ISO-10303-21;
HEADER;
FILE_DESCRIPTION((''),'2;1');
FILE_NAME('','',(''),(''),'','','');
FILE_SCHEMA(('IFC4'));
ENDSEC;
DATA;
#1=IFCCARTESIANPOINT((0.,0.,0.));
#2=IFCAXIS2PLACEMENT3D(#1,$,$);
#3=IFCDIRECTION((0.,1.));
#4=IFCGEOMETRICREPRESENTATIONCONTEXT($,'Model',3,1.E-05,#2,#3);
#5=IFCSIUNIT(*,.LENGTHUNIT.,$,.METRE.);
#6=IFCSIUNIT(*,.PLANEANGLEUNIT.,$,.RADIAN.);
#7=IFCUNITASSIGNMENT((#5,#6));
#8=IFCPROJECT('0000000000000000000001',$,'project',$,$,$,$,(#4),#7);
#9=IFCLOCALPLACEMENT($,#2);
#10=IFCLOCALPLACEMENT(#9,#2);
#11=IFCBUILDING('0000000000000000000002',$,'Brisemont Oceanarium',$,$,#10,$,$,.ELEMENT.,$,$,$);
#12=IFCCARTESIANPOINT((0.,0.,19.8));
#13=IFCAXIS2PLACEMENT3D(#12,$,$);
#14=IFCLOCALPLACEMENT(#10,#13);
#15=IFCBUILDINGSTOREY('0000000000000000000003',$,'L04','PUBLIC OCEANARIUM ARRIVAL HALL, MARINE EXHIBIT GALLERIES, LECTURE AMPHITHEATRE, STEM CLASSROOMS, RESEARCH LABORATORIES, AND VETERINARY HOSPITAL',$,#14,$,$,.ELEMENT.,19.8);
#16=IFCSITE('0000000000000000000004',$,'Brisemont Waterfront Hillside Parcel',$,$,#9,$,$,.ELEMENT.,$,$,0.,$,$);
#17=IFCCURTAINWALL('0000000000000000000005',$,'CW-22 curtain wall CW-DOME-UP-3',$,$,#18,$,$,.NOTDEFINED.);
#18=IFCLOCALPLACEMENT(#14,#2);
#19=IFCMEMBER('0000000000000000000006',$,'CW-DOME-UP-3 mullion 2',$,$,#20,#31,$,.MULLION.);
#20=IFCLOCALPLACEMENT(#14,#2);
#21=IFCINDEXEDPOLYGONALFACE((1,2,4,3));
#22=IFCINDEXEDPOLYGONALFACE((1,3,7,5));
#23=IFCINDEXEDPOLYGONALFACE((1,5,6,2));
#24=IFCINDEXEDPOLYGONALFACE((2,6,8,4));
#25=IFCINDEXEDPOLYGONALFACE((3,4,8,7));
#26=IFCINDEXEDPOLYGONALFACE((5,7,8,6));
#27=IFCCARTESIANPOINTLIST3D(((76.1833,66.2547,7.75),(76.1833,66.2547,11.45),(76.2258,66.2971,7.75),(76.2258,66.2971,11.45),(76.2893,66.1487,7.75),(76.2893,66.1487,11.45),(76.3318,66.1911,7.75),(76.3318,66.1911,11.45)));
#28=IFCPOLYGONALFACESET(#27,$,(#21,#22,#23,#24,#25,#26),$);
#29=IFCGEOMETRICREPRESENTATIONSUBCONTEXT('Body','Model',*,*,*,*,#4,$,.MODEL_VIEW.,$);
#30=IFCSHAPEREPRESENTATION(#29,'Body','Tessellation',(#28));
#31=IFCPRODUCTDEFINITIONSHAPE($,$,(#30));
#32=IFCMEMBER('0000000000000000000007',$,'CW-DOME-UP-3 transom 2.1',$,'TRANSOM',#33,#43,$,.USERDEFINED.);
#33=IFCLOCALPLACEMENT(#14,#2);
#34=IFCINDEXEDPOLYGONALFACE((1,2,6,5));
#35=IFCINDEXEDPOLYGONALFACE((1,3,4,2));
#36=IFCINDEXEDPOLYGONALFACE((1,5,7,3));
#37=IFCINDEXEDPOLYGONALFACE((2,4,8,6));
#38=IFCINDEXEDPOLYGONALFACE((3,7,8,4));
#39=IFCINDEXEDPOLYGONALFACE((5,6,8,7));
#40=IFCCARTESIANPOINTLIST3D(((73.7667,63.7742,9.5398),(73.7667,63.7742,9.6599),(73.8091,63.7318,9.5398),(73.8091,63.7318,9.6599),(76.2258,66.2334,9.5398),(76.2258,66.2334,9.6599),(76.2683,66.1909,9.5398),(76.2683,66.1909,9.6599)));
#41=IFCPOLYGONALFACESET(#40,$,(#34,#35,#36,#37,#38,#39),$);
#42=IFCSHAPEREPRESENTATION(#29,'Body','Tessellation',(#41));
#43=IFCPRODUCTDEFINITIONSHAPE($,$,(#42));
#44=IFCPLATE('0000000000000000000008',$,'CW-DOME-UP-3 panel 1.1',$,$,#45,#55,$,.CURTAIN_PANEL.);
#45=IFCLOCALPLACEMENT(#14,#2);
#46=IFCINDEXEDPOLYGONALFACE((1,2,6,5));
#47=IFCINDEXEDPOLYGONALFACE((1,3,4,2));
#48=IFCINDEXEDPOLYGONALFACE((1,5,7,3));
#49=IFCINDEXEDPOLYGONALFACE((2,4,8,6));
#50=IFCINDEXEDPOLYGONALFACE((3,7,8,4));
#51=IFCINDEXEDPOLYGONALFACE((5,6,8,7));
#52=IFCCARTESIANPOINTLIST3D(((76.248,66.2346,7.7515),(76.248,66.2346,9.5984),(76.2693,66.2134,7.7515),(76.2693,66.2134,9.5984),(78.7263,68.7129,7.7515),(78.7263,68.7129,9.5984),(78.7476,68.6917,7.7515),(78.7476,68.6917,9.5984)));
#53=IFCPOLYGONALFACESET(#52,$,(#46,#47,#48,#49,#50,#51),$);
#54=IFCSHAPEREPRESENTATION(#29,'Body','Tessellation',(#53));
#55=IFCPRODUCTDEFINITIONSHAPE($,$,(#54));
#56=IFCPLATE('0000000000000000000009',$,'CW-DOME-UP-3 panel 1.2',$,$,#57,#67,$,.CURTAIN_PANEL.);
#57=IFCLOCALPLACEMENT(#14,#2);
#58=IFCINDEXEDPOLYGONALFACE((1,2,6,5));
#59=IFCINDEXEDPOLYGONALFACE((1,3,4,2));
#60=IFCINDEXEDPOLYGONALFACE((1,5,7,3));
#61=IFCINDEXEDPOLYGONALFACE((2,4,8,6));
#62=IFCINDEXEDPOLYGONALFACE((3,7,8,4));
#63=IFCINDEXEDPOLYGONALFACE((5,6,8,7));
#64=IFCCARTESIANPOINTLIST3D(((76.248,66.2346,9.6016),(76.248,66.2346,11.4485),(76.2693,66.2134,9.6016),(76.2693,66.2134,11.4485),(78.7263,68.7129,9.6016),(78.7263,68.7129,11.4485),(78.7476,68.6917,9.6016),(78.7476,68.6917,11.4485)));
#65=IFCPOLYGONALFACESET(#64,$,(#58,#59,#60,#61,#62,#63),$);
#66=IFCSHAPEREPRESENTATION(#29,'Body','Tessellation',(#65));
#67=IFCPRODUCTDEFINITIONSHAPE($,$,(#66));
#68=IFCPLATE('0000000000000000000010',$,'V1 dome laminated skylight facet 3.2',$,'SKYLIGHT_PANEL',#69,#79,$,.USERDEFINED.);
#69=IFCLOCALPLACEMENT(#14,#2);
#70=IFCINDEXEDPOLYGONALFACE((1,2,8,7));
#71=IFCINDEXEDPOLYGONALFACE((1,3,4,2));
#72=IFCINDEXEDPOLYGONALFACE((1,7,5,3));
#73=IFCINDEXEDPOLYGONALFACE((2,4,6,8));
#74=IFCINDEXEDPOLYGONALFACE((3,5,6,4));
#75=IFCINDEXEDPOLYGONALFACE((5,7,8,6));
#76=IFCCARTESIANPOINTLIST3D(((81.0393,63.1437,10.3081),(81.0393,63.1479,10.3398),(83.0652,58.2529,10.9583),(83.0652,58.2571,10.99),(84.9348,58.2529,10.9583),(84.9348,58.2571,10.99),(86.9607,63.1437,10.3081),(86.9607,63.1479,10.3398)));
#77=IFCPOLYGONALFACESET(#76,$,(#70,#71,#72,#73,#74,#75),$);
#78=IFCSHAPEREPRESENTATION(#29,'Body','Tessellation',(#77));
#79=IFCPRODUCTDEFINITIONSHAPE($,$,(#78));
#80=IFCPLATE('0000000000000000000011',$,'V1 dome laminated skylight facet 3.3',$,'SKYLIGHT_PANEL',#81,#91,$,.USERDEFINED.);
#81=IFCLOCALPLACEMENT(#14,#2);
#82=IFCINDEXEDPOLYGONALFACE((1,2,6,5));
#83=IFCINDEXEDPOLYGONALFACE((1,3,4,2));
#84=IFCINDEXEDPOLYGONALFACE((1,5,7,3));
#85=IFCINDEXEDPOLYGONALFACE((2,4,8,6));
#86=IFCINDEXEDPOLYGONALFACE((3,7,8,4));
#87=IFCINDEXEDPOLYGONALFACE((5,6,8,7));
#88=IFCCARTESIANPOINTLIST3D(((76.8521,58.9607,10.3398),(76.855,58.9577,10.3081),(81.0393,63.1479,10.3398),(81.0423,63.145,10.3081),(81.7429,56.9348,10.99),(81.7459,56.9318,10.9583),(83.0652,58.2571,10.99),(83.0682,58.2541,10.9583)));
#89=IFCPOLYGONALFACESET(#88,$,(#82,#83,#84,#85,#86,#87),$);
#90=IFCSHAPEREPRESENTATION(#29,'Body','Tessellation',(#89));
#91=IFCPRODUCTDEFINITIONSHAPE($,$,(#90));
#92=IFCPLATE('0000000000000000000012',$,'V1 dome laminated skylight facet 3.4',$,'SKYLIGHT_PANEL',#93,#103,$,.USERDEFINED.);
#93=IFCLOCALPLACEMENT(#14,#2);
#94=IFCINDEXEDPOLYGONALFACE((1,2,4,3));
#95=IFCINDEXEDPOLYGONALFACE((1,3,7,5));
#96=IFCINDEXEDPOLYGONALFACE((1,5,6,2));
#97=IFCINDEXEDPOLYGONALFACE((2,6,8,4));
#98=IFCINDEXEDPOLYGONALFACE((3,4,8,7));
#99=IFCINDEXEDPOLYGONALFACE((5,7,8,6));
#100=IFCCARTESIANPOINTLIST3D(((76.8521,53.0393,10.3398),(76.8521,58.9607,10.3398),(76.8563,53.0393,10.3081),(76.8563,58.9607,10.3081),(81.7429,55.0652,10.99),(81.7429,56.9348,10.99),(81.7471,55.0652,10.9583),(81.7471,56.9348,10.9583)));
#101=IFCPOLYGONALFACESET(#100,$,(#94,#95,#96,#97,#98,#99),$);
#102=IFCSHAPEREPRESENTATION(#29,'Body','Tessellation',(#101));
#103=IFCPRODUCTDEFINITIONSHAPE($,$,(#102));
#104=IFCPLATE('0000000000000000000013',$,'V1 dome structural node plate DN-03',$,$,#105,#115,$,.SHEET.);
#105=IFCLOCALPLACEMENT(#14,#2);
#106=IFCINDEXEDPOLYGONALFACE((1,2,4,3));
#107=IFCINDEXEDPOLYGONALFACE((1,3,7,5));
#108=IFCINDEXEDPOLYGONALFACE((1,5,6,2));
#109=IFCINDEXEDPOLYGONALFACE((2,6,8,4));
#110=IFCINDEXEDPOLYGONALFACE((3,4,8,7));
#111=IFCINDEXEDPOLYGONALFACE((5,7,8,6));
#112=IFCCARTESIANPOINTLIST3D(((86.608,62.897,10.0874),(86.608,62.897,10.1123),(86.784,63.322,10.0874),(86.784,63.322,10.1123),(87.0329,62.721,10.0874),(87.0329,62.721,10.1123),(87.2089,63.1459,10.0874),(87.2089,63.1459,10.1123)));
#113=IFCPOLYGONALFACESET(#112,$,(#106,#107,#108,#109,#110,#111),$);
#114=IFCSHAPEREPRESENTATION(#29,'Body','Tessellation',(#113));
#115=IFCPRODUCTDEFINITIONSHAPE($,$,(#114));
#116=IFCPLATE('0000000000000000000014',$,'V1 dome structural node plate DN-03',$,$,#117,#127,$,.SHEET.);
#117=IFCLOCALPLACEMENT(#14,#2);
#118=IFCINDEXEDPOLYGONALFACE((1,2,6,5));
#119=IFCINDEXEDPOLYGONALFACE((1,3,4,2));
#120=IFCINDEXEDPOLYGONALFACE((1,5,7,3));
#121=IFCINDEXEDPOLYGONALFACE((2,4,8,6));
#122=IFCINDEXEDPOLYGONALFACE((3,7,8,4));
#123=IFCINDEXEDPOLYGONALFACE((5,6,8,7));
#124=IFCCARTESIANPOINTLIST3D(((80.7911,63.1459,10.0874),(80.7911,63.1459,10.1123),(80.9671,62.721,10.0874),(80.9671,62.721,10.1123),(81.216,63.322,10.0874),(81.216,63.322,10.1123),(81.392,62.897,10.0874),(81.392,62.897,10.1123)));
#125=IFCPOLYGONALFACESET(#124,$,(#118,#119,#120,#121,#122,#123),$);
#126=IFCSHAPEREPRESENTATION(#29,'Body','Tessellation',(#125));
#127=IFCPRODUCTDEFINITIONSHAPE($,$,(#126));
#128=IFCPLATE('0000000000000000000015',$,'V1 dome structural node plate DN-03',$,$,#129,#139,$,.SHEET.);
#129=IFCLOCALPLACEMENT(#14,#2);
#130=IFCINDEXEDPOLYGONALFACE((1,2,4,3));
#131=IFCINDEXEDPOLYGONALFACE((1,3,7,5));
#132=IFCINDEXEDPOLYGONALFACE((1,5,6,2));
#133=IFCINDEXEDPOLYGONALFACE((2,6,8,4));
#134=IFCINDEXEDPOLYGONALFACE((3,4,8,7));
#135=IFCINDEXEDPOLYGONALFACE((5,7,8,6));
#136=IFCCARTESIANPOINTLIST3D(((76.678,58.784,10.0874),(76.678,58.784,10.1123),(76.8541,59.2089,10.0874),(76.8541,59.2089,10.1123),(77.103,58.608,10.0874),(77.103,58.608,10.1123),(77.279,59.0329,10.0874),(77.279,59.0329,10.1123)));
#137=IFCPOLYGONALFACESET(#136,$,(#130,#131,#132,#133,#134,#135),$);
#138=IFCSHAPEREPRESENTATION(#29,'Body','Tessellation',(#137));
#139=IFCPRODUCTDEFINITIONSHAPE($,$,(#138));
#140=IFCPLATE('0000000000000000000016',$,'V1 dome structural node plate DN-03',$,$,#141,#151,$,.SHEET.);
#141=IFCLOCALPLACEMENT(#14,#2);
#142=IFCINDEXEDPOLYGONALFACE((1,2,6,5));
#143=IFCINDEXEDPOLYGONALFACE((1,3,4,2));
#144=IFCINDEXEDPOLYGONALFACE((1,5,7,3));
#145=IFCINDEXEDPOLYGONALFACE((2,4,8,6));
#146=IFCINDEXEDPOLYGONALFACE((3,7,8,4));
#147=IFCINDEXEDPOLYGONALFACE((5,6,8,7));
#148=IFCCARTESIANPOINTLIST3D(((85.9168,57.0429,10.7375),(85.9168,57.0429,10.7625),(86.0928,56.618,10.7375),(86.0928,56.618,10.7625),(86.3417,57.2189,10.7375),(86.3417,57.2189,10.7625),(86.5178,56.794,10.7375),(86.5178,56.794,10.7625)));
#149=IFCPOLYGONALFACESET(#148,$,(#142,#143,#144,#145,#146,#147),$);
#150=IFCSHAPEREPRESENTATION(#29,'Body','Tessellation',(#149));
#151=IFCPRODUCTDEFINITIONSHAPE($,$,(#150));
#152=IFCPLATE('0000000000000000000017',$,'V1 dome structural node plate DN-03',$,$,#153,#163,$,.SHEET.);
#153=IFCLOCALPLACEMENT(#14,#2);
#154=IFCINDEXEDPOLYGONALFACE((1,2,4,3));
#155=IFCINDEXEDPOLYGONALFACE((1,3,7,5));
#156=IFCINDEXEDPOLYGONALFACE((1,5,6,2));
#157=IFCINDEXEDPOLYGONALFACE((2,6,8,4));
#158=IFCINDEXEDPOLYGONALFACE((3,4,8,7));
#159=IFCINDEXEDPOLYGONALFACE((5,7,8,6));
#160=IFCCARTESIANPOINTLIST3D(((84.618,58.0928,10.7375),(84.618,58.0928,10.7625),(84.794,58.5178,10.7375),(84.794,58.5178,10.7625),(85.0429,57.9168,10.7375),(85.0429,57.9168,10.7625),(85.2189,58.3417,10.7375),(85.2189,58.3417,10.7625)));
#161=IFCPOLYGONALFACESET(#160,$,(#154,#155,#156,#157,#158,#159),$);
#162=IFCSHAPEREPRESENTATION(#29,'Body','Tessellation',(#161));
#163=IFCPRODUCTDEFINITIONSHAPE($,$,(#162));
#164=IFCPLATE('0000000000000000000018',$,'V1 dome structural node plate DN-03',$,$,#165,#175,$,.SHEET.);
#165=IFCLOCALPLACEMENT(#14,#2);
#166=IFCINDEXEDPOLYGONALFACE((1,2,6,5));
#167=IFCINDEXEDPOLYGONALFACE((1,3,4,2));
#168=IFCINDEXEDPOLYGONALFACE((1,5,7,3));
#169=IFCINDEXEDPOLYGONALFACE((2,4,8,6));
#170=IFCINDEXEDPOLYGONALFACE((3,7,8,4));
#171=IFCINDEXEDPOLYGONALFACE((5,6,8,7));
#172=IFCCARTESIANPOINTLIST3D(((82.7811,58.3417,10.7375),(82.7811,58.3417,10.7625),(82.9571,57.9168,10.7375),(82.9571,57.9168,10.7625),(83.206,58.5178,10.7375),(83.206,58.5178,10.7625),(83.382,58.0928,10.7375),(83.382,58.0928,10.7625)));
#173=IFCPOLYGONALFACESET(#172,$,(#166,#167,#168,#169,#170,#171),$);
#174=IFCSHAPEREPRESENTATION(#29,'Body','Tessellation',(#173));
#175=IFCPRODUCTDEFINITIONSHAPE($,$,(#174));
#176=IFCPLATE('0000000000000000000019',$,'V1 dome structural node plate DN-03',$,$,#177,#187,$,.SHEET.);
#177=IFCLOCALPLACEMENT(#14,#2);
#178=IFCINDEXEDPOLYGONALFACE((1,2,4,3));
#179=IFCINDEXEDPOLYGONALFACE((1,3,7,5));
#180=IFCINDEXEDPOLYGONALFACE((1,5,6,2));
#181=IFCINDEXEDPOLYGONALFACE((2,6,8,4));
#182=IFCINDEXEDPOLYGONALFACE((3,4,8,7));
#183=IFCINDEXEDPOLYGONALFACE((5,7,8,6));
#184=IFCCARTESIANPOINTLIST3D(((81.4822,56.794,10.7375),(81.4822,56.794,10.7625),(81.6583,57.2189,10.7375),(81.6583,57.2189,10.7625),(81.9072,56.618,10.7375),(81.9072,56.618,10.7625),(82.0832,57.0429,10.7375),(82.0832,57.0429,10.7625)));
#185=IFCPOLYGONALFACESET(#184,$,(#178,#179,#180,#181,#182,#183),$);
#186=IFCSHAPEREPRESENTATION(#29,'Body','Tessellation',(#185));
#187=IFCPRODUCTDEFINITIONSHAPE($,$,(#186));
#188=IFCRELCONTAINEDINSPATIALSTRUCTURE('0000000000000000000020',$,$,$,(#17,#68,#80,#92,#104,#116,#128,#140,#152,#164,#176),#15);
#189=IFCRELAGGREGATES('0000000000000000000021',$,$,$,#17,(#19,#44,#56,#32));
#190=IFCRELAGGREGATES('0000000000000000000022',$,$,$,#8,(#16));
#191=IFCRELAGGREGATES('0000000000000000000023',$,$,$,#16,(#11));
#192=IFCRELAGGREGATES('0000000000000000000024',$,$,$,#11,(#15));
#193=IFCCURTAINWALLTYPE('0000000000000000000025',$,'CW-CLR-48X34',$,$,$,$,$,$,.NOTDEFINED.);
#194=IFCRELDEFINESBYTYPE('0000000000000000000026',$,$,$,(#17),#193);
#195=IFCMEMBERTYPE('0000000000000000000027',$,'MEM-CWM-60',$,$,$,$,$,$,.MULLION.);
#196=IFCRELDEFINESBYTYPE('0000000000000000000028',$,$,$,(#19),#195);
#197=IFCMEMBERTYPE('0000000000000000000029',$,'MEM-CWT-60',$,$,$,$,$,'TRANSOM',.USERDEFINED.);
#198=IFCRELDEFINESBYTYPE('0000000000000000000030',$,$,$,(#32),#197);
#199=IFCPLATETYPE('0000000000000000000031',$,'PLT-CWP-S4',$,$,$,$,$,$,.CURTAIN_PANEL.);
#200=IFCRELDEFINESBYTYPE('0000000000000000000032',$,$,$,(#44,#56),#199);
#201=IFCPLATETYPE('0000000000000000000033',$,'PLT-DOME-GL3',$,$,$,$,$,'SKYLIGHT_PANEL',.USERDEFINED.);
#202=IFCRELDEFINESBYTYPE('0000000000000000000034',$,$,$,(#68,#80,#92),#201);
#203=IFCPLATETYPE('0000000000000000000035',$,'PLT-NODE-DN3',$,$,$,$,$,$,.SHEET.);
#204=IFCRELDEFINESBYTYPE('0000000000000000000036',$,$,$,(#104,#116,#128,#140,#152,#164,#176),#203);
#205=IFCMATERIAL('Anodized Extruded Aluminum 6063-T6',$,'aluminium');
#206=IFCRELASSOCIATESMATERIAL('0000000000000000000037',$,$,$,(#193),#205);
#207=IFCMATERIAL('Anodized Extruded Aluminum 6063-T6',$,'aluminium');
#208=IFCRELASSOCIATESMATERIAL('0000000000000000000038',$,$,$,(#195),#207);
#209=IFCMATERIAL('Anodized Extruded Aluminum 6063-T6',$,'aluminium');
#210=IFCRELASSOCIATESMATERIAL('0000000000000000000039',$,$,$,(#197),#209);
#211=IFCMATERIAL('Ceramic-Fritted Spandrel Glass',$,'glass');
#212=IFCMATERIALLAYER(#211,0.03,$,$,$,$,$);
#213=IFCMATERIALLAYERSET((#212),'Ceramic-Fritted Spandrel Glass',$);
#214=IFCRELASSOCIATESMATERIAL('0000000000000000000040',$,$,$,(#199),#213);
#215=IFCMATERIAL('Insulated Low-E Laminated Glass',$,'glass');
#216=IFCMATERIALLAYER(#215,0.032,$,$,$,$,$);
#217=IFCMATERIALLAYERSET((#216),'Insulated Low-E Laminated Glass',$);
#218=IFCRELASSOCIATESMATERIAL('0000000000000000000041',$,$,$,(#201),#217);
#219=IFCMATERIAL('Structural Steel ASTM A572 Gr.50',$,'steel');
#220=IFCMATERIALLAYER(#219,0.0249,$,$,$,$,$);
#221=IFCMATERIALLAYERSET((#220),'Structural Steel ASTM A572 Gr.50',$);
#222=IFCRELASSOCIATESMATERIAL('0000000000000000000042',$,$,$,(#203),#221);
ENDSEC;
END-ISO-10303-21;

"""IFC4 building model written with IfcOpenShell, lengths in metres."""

from ifc_helpers import new_model, si_unit, direction, frame, origin, origin_2d, place, context, subcontext, project, spatial, polyline, rectangle, outline, extrude, material, layer, layer_set, material_profile, profile_set, type_object, element, aggregate, save


model = new_model("IFC4")

# Units and contexts
model_context = context("Model", 3, precision=1e-05, world=origin(), true_north=direction((0.0, 1.0)))
body_context = subcontext(model_context, "Body", "Model", "MODEL_VIEW")
ifc_project = project(units=[si_unit("LENGTHUNIT", "METRE"), si_unit("PLANEANGLEUNIT", "RADIAN")], contexts=[model_context])

# Site, building, storey
site_placement = place(None, origin())
site = spatial("IfcSite", under=ifc_project, at=site_placement, Name="Brisemont Waterfront Hillside Parcel", CompositionType="ELEMENT", RefElevation=0.0)
building_placement = place(site_placement, origin())
building = spatial("IfcBuilding", under=site, at=building_placement, Name="Brisemont Oceanarium", CompositionType="ELEMENT")
storey_placement = place(building_placement, frame((0.0, 0.0, 19.8)))
storey = spatial("IfcBuildingStorey", under=building, at=storey_placement, Name="L04", Description="PUBLIC OCEANARIUM ARRIVAL HALL, MARINE EXHIBIT GALLERIES, LECTURE AMPHITHEATRE, STEM CLASSROOMS, RESEARCH LABORATORIES, AND VETERINARY HOSPITAL", CompositionType="ELEMENT", Elevation=19.8)

# Curtain wall, members, plates
ifc_material_1 = material(Name="Anodized Extruded Aluminum 6063-T6", Category="aluminium")
curtain_wall_type = type_object("IfcCurtainWallType", Name="CW-CLR-48X34", PredefinedType="NOTDEFINED", material=ifc_material_1)
curtain_wall_placement = place(storey_placement, origin())
curtain_wall = element("IfcCurtainWall", 1, at=curtain_wall_placement, inside=storey, type_object=curtain_wall_type, Name="CW-22 curtain wall CW-DOME-UP-3", PredefinedType="NOTDEFINED")
ifc_material_2 = material(Name="Anodized Extruded Aluminum 6063-T6", Category="aluminium")
ifc_material_profile_1 = material_profile(ifc_material_2, rectangle(XDim=0.0601, YDim=0.1499, at=origin_2d()), Name="CWM-60X150")
ifc_profile_set_1 = profile_set([ifc_material_profile_1], Name="Anodized Extruded Aluminum 6063-T6")
member_type_1 = type_object("IfcMemberType", Name="MEM-CWM-60", PredefinedType="MULLION", material=ifc_profile_set_1)
member_1_placement = place(storey_placement, frame((76.2576, 66.2229, 7.75), z_axis=(0.0, 0.0, 1.0), x_axis=(-0.707107, -0.707107, 0.0)))
member_1 = element("IfcMember", 2, at=member_1_placement, type_object=member_type_1, Name="CW-DOME-UP-3 mullion 2", PredefinedType="MULLION", context=body_context, shape_type="SweptSolid", body=[
    extrude(rectangle(XDim=0.0601, YDim=0.1499, at=origin_2d()), origin(), (0.0, 0.0, 1.0), 3.7),
])
ifc_material_3 = material(Name="Anodized Extruded Aluminum 6063-T6", Category="aluminium")
ifc_material_profile_2 = material_profile(ifc_material_3, rectangle(XDim=0.0601, YDim=0.1201, at=origin_2d()), Name="CWT-60X120")
ifc_profile_set_2 = profile_set([ifc_material_profile_2], Name="Anodized Extruded Aluminum 6063-T6")
member_type_2 = type_object("IfcMemberType", Name="MEM-CWT-60", ElementType="TRANSOM", PredefinedType="USERDEFINED", material=ifc_profile_set_2)
member_2_placement = place(storey_placement, frame((76.2471, 66.2122, 9.5999), z_axis=(-0.707107, -0.707107, 0.0), x_axis=(0.707107, -0.707107, 0.0)))
member_2 = element("IfcMember", 3, at=member_2_placement, type_object=member_type_2, Name="CW-DOME-UP-3 transom 2.1", ObjectType="TRANSOM", PredefinedType="USERDEFINED", context=body_context, shape_type="SweptSolid", body=[
    extrude(rectangle(XDim=0.0601, YDim=0.1201, at=origin_2d()), origin(), (0.0, 0.0, 1.0), 3.4778),
])
ifc_material_4 = material(Name="Ceramic-Fritted Spandrel Glass", Category="glass")
ifc_layer_1 = layer(ifc_material_4, 0.03)
ifc_layer_set_1 = layer_set([ifc_layer_1], Name="Ceramic-Fritted Spandrel Glass")
plate_type_1 = type_object("IfcPlateType", Name="PLT-CWP-S4", PredefinedType="CURTAIN_PANEL", material=ifc_layer_set_1)
plate_1_placement = place(storey_placement, frame((77.4978, 67.4631, 7.7515), z_axis=(0.0, 0.0, 1.0), x_axis=(-0.707107, -0.707107, 0.0)))
plate_1 = element("IfcPlate", 4, at=plate_1_placement, type_object=plate_type_1, Name="CW-DOME-UP-3 panel 1.1", PredefinedType="CURTAIN_PANEL", context=body_context, shape_type="SweptSolid", body=[
    extrude(rectangle(XDim=3.5049, YDim=0.03, at=origin_2d()), origin(), (0.0, 0.0, 1.0), 1.8469),
])
plate_2_placement = place(storey_placement, frame((77.4978, 67.4631, 9.6016), z_axis=(0.0, 0.0, 1.0), x_axis=(-0.707107, -0.707107, 0.0)))
plate_2 = element("IfcPlate", 5, at=plate_2_placement, type_object=plate_type_1, Name="CW-DOME-UP-3 panel 1.2", PredefinedType="CURTAIN_PANEL", context=body_context, shape_type="SweptSolid", body=[
    extrude(rectangle(XDim=3.5049, YDim=0.03, at=origin_2d()), origin(), (0.0, 0.0, 1.0), 1.8469),
])
aggregate(curtain_wall, [member_1, plate_1, plate_2, member_2])

# Plates
ifc_material_5 = material(Name="Insulated Low-E Laminated Glass", Category="glass")
ifc_layer_2 = layer(ifc_material_5, 0.032)
ifc_layer_set_2 = layer_set([ifc_layer_2], Name="Insulated Low-E Laminated Glass")
plate_type_2 = type_object("IfcPlateType", Name="PLT-DOME-GL3", ElementType="SKYLIGHT_PANEL", PredefinedType="USERDEFINED", material=ifc_layer_set_2)
plate_3_placement = place(storey_placement, frame((86.9607, 63.1479, 10.3398), z_axis=(0.0, 0.131772, 0.99128), x_axis=(-1.0, 0.0, 0.0)))
element("IfcPlate", 6, at=plate_3_placement, inside=storey, type_object=plate_type_2, Name="V1 dome laminated skylight facet 3.2", ObjectType="SKYLIGHT_PANEL", PredefinedType="USERDEFINED", context=body_context, shape_type="SweptSolid", body=[
    extrude(outline(polyline([(0.0, 0.0), (5.9214, 0.0), (3.8955, 4.9339), (2.0259, 4.9339), (0.0, 0.0)])), origin(), (0.0, 0.0, -1.0), 0.032),
])
plate_4_placement = place(storey_placement, frame((81.0393, 63.1479, 10.3398), z_axis=(-0.093176, 0.093176, 0.99128), x_axis=(-0.707107, -0.707107, 0.0)))
element("IfcPlate", 7, at=plate_4_placement, inside=storey, type_object=plate_type_2, Name="V1 dome laminated skylight facet 3.3", ObjectType="SKYLIGHT_PANEL", PredefinedType="USERDEFINED", context=body_context, shape_type="SweptSolid", body=[
    extrude(outline(polyline([(0.0, 0.0), (5.9217, 0.0), (3.8958, 4.9339), (2.0259, 4.9339), (0.0, 0.0)])), origin(), (0.0, 0.0, -1.0), 0.032),
])
plate_5_placement = place(storey_placement, frame((76.8521, 58.9607, 10.3398), z_axis=(-0.131772, 0.0, 0.99128), x_axis=(0.0, -1.0, 0.0)))
element("IfcPlate", 8, at=plate_5_placement, inside=storey, type_object=plate_type_2, Name="V1 dome laminated skylight facet 3.4", ObjectType="SKYLIGHT_PANEL", PredefinedType="USERDEFINED", context=body_context, shape_type="SweptSolid", body=[
    extrude(outline(polyline([(0.0, 0.0), (5.9214, 0.0), (3.8955, 4.9339), (2.0259, 4.9339), (0.0, 0.0)])), origin(), (0.0, 0.0, -1.0), 0.032),
])
ifc_material_6 = material(Name="Structural Steel ASTM A572 Gr.50", Category="steel")
ifc_layer_3 = layer(ifc_material_6, 0.0249)
ifc_layer_set_3 = layer_set([ifc_layer_3], Name="Structural Steel ASTM A572 Gr.50")
plate_type_3 = type_object("IfcPlateType", Name="PLT-NODE-DN3", PredefinedType="SHEET", material=ifc_layer_set_3)
for number, where, z_axis, x_axis, name in (
    (9, (86.9084, 63.0215, 10.0874), (0.0, 0.0, 1.0), (0.382683, 0.92388, 0.0), "V1 dome structural node plate DN-03"),
    (10, (81.0916, 63.0215, 10.0874), (0.0, 0.0, 1.0), (-0.382683, 0.92388, 0.0), "V1 dome structural node plate DN-03"),
    (11, (76.9785, 58.9084, 10.0874), (0.0, 0.0, 1.0), (-0.92388, 0.382683, 0.0), "V1 dome structural node plate DN-03"),
    (12, (86.2173, 56.9185, 10.7375), (0.0, 0.0, 1.0), (0.92388, 0.382683, 0.0), "V1 dome structural node plate DN-03"),
    (13, (84.9185, 58.2173, 10.7375), (0.0, 0.0, 1.0), (0.382683, 0.92388, 0.0), "V1 dome structural node plate DN-03"),
    (14, (83.0815, 58.2173, 10.7375), (0.0, 0.0, 1.0), (-0.382683, 0.92388, 0.0), "V1 dome structural node plate DN-03"),
    (15, (81.7827, 56.9185, 10.7375), (0.0, 0.0, 1.0), (-0.92388, 0.382683, 0.0), "V1 dome structural node plate DN-03"),
):
    element("IfcPlate", number, at=place(storey_placement, frame(where, z_axis=z_axis, x_axis=x_axis)), inside=storey, type_object=plate_type_3, Name=name, PredefinedType="SHEET", context=body_context, shape_type="SweptSolid", body=[
        extrude(rectangle(XDim=0.46, YDim=0.46, at=origin_2d()), origin(), (0.0, 0.0, 1.0), 0.0249),
    ])

save(model, "model.ifc")
